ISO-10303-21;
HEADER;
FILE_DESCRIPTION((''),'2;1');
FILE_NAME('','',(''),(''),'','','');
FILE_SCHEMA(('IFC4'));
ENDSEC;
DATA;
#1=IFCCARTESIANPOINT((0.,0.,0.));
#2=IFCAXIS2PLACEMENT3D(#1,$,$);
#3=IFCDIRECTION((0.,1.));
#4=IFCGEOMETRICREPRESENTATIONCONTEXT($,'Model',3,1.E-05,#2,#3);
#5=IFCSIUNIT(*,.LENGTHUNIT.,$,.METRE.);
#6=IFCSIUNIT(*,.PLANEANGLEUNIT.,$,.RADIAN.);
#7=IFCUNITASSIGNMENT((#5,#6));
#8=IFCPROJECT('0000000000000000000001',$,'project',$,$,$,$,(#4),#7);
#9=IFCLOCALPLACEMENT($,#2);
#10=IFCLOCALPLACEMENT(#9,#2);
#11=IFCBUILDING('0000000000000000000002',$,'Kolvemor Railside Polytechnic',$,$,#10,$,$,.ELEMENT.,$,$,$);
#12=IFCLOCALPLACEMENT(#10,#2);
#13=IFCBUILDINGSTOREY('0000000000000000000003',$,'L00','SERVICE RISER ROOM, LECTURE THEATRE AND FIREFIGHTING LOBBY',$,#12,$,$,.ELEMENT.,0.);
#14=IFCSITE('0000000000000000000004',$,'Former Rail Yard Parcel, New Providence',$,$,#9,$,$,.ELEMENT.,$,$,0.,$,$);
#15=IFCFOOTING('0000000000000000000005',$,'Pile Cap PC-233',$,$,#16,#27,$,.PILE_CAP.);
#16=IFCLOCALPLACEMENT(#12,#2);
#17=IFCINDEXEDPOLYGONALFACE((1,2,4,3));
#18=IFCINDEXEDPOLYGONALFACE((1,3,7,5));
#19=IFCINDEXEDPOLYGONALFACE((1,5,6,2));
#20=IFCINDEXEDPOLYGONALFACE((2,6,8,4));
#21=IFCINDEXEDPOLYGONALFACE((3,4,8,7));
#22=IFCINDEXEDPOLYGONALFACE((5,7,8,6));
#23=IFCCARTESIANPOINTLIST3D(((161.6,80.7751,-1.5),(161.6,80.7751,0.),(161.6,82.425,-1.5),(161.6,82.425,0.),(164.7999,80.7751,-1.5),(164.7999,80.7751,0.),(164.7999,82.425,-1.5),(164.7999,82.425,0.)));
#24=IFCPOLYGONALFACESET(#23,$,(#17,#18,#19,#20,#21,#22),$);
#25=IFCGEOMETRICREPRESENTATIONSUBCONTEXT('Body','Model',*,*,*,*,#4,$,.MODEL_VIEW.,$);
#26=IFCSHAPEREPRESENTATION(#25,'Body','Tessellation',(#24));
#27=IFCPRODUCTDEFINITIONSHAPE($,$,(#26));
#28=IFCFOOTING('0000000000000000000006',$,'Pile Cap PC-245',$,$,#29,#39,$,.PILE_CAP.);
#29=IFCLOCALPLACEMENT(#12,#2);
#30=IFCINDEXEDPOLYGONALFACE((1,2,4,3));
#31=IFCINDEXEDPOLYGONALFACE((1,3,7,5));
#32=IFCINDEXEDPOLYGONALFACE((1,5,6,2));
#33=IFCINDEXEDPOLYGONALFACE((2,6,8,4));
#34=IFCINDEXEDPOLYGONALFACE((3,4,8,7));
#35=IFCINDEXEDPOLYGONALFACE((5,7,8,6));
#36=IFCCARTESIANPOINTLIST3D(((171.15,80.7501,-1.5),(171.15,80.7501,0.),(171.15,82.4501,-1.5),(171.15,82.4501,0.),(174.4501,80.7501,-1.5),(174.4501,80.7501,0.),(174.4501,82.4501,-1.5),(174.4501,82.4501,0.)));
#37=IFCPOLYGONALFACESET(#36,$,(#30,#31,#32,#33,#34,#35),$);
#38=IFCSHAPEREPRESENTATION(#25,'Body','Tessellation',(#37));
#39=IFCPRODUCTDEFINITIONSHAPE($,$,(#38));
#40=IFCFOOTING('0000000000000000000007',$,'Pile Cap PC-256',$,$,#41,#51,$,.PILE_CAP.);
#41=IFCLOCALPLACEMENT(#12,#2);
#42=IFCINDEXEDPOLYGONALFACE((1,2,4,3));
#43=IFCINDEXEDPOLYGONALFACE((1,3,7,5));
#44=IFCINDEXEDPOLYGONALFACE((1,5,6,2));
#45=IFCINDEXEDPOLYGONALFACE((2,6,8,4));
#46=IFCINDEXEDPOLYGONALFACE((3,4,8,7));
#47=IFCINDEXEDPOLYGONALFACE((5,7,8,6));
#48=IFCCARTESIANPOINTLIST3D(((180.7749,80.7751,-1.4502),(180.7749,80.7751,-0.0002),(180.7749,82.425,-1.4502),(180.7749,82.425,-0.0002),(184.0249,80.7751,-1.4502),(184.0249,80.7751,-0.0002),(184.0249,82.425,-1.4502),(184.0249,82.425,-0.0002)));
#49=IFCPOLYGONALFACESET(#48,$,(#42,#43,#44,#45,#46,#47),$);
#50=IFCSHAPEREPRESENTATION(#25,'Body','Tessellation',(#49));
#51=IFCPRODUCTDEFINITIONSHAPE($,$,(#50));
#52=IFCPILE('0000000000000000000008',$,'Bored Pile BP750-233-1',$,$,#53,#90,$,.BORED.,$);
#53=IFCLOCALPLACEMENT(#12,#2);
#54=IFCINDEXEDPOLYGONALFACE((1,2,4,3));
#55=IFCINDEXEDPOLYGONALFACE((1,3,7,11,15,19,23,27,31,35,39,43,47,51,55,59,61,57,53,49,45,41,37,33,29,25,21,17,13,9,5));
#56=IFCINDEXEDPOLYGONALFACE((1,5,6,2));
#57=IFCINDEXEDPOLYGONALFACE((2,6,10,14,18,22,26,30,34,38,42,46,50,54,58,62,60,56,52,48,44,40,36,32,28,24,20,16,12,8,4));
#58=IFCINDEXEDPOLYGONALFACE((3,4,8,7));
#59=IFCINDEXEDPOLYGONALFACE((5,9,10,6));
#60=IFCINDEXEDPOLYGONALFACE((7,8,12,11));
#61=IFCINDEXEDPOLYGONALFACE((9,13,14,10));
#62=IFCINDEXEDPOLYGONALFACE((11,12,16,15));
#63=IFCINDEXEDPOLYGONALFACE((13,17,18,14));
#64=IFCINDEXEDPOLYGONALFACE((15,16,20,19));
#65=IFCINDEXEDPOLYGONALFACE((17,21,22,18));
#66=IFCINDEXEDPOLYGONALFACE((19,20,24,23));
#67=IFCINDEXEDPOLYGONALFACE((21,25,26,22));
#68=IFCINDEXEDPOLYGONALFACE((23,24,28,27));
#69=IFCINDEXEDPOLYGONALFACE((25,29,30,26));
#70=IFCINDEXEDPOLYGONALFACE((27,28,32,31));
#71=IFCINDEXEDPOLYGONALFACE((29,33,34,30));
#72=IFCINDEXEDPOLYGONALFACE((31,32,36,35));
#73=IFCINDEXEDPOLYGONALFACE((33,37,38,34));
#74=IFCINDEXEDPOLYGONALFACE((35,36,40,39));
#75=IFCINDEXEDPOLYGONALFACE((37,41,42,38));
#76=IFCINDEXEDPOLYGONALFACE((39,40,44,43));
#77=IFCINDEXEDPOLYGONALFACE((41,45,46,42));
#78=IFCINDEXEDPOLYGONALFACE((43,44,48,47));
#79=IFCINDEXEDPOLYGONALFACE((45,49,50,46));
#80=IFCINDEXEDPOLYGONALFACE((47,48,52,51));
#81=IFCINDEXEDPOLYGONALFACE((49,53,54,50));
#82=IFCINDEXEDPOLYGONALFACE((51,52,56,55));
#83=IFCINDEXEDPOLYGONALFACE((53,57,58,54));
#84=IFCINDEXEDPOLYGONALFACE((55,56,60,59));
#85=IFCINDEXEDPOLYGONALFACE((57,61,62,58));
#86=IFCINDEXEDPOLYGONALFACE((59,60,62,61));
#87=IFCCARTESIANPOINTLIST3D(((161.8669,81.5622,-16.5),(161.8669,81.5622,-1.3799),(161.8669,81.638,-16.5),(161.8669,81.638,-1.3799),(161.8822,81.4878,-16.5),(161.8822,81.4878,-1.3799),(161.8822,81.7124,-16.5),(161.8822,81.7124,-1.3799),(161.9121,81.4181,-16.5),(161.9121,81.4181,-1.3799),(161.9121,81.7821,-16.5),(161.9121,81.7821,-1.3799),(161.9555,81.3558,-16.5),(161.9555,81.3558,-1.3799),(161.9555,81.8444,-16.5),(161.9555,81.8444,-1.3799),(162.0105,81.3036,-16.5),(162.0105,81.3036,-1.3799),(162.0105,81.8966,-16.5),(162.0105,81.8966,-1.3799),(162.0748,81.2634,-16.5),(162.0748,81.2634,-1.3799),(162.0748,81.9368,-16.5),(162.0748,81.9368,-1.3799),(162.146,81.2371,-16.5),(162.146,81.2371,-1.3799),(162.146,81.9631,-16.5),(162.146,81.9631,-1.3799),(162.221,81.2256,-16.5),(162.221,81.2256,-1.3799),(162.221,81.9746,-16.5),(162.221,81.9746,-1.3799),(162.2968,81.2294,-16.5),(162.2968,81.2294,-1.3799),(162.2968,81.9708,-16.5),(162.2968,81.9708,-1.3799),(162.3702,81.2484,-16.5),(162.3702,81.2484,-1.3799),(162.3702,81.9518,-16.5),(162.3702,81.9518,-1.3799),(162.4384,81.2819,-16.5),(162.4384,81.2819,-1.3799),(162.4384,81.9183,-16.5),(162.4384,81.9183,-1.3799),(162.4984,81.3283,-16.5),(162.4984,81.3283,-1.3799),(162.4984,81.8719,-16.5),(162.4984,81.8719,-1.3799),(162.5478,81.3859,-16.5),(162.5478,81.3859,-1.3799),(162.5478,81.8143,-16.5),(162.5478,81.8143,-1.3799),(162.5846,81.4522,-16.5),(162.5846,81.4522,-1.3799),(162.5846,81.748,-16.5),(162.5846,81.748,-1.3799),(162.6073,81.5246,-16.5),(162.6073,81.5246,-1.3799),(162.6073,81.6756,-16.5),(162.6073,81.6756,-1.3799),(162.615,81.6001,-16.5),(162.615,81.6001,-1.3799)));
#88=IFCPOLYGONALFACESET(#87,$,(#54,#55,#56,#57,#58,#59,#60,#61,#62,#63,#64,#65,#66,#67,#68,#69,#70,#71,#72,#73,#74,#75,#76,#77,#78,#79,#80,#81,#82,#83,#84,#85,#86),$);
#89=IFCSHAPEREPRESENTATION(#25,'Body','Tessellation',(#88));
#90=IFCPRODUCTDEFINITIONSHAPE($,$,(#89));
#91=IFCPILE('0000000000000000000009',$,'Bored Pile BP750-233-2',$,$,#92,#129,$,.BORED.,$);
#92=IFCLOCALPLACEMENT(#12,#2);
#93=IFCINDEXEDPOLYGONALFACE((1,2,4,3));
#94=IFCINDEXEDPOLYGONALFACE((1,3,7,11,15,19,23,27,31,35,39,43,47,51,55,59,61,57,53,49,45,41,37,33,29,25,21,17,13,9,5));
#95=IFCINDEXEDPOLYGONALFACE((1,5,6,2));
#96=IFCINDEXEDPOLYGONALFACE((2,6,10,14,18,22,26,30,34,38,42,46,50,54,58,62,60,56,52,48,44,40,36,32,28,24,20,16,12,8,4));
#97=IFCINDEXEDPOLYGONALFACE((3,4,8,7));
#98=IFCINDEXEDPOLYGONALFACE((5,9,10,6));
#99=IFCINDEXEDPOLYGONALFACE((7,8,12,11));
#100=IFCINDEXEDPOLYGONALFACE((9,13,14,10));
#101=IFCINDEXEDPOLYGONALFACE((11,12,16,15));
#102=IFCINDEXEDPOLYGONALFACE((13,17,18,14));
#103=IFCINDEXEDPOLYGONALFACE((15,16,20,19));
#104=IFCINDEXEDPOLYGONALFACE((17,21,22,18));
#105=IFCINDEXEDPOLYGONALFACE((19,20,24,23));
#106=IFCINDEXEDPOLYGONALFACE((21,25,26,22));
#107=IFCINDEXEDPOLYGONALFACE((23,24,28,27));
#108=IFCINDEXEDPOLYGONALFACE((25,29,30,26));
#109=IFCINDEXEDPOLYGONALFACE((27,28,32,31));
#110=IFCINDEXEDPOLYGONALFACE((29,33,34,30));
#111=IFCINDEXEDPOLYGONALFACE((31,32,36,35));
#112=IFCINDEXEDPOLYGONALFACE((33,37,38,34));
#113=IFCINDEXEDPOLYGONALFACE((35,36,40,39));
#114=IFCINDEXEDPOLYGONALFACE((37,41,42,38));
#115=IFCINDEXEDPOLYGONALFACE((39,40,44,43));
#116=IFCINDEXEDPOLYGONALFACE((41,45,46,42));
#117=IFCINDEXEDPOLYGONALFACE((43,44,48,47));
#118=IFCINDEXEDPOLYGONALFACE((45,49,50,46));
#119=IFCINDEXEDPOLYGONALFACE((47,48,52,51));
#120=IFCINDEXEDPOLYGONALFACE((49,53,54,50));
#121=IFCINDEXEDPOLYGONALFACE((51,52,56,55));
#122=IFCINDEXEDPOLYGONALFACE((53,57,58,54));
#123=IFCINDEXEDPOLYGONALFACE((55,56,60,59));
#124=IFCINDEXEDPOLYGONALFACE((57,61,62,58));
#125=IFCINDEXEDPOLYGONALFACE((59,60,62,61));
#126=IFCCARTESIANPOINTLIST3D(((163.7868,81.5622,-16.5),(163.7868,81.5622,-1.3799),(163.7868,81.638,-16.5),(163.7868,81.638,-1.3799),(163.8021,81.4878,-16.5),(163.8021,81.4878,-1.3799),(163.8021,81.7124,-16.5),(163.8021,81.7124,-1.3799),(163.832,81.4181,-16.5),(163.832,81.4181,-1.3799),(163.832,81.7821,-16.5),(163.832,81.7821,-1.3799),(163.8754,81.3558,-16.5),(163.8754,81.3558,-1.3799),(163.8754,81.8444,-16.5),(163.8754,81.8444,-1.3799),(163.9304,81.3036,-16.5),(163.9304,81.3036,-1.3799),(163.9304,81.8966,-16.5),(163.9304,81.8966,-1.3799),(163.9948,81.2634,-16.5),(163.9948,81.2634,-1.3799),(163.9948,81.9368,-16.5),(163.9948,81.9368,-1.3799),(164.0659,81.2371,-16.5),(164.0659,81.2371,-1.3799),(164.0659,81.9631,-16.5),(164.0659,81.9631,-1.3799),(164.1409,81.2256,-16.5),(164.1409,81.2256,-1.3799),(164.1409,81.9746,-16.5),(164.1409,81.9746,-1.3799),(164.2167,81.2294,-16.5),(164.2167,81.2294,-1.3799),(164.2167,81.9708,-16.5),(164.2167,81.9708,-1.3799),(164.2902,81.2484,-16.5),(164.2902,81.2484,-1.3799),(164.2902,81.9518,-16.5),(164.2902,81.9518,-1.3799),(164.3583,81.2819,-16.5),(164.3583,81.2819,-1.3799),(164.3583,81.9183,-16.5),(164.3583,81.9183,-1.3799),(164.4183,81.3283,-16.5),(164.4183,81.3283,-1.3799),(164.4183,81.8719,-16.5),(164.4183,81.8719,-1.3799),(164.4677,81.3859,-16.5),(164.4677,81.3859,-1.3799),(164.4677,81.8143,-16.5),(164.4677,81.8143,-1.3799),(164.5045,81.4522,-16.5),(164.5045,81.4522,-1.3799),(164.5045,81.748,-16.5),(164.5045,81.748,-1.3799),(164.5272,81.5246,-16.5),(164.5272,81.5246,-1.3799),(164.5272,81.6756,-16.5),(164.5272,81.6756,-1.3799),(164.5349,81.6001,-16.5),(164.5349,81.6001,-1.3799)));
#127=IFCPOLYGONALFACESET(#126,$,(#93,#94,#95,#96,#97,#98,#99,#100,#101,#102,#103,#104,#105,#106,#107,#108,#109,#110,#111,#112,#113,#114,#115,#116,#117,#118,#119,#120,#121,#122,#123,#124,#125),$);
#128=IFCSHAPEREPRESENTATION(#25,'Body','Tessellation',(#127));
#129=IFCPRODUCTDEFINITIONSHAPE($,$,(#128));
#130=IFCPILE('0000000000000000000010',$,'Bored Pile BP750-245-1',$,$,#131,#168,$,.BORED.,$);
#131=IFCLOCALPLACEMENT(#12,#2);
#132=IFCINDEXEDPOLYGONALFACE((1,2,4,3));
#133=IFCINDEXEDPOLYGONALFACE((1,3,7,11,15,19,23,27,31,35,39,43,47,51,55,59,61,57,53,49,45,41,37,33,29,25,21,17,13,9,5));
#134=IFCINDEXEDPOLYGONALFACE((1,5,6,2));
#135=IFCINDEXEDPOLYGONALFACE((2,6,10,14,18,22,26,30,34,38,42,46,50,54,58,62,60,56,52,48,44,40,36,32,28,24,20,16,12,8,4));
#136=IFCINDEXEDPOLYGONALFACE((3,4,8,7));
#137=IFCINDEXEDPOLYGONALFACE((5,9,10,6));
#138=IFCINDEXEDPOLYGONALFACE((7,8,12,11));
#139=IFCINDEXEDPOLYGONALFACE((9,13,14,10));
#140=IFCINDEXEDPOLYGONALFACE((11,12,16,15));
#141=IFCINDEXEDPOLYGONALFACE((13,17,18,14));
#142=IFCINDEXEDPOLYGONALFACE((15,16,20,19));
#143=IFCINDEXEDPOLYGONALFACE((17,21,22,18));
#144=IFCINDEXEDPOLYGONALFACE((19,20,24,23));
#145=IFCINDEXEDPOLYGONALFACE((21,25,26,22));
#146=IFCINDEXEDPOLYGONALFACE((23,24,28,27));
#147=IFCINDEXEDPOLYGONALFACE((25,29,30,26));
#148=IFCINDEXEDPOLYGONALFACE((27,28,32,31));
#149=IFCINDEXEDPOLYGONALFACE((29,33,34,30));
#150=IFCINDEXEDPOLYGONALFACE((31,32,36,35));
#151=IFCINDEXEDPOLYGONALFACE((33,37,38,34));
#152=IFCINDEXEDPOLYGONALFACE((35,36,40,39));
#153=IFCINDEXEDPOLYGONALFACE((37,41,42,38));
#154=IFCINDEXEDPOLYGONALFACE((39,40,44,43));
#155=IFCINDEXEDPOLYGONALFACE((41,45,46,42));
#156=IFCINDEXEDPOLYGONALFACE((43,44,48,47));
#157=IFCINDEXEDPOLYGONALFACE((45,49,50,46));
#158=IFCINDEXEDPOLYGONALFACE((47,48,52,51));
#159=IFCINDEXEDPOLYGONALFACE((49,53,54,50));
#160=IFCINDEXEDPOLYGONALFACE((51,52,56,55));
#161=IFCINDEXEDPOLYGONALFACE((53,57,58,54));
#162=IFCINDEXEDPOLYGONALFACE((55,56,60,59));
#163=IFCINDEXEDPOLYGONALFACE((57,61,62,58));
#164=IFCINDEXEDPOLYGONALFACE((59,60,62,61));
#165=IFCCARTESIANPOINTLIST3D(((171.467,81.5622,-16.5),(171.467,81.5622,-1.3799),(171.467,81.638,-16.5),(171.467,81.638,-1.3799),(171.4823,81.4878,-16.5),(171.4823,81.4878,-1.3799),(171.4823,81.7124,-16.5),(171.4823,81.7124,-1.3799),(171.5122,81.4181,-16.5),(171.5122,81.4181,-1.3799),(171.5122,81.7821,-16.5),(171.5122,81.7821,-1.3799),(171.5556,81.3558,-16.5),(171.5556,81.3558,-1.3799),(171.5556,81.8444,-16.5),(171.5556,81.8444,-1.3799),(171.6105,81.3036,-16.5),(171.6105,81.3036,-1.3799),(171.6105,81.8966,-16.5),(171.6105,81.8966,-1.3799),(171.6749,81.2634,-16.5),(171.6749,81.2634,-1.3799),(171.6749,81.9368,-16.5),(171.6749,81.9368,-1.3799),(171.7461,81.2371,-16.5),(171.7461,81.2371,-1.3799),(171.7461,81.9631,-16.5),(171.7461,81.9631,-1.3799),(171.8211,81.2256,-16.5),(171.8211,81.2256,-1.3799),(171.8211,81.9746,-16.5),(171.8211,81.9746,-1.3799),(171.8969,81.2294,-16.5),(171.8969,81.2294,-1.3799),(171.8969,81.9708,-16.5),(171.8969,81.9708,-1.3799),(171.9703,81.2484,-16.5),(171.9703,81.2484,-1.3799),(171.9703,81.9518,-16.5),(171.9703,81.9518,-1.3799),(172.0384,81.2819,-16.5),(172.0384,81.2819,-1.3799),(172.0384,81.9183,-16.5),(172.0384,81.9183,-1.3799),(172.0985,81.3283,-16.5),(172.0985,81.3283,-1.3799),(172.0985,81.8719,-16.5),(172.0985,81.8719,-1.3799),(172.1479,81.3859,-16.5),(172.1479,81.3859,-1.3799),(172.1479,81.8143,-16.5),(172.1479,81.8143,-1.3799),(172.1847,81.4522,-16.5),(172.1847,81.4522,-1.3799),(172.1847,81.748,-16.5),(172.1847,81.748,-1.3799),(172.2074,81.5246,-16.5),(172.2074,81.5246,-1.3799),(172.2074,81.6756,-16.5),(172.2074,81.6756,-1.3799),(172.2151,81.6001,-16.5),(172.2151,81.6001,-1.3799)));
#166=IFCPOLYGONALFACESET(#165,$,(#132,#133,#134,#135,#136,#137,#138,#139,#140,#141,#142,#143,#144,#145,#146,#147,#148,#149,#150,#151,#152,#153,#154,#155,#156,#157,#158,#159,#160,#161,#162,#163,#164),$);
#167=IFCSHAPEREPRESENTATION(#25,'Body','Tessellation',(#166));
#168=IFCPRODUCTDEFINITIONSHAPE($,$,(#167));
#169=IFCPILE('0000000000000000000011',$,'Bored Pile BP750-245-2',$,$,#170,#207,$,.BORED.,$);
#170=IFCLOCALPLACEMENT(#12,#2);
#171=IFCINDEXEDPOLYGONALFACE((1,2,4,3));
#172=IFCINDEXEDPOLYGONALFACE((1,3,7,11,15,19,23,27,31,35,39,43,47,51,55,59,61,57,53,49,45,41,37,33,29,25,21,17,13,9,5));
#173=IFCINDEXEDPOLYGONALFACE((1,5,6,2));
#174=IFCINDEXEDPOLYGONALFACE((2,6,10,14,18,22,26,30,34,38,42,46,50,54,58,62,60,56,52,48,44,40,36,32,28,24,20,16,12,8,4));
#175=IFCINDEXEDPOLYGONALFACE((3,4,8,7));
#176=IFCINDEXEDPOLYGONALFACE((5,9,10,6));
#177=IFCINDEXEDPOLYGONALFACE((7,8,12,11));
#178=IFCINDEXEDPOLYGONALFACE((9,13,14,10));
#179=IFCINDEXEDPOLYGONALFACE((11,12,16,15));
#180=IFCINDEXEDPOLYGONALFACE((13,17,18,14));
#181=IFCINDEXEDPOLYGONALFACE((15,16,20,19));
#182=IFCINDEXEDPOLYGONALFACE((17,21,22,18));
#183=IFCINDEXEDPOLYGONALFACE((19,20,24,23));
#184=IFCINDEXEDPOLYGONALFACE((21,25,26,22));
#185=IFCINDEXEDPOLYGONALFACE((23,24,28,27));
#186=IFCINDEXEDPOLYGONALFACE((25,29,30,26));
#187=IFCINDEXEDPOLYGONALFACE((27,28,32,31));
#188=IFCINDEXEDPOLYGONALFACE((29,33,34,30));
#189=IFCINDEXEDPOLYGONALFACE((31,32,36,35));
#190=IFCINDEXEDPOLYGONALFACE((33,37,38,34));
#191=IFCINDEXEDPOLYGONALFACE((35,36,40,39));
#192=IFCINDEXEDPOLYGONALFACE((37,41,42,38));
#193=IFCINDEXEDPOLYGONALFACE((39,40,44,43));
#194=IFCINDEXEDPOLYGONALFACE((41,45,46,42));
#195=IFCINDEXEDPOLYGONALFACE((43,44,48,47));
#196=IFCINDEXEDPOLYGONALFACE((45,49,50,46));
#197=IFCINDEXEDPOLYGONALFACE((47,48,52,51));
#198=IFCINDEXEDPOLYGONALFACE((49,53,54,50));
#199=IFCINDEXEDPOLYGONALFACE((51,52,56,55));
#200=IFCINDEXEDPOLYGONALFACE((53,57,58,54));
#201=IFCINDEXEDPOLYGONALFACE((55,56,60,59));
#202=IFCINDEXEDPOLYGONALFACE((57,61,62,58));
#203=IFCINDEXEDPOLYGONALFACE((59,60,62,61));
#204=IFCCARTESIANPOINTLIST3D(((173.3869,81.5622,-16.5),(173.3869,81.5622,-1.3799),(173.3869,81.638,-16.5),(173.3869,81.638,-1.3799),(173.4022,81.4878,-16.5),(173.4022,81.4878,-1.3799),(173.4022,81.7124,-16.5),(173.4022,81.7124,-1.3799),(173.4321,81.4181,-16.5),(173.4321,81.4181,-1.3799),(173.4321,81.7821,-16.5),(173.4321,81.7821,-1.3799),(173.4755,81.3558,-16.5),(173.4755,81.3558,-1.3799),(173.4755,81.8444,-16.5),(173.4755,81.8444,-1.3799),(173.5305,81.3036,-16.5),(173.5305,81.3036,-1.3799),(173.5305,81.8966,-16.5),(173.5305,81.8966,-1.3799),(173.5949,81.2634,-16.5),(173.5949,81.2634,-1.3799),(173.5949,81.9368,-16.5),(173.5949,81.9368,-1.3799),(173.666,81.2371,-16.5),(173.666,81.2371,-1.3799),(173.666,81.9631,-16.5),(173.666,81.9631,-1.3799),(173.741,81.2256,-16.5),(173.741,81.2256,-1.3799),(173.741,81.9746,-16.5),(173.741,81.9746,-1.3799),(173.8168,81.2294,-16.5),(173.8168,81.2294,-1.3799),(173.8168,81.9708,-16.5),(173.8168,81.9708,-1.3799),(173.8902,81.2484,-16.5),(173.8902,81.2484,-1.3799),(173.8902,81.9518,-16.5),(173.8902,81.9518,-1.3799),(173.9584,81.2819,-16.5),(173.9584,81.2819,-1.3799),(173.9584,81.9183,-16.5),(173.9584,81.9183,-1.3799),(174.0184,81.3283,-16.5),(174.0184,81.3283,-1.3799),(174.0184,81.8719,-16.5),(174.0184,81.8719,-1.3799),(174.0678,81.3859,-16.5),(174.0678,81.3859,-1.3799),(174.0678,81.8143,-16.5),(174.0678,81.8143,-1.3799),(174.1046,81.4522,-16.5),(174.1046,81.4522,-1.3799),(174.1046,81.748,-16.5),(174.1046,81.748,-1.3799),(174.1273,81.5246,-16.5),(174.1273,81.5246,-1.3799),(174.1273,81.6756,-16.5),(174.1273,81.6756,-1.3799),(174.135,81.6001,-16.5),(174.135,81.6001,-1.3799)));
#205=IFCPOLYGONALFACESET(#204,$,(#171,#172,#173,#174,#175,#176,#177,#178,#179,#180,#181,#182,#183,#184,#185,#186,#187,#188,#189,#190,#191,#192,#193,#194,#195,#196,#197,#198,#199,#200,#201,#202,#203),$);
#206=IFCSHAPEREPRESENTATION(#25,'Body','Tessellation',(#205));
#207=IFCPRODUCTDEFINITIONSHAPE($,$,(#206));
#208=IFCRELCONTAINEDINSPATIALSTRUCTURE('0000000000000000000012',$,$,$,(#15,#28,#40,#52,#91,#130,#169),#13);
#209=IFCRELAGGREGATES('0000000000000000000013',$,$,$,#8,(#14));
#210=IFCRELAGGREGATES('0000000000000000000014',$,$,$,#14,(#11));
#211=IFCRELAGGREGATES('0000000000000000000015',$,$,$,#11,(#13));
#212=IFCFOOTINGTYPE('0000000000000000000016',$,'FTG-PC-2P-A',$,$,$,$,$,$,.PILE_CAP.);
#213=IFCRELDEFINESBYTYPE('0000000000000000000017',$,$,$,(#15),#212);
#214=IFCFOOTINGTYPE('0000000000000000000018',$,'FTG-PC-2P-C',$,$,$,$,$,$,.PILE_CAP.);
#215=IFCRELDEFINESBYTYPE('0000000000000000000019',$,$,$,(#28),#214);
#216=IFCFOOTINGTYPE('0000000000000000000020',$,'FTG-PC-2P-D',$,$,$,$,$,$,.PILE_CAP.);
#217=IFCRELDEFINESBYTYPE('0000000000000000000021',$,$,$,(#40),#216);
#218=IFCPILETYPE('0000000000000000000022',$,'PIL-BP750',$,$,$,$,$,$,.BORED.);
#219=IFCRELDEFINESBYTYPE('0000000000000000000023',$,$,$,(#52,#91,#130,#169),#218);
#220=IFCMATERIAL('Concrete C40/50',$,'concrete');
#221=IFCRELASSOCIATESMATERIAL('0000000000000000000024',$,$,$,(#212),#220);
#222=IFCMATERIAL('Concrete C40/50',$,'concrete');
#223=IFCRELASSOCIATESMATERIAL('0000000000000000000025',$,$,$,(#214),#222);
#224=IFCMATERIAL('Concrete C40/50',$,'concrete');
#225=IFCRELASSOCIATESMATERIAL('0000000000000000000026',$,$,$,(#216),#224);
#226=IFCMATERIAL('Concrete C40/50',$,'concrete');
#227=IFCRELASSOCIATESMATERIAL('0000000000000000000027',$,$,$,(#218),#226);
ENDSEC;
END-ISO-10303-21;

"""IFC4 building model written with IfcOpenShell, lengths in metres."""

from ifc_helpers import new_model, si_unit, direction, frame, origin, origin_2d, place, context, subcontext, project, spatial, rectangle, circle, extrude, material, material_profile, profile_set, type_object, element, save


model = new_model("IFC4")

# Units and contexts
model_context = context("Model", 3, precision=1e-05, world=origin(), true_north=direction((0.0, 1.0)))
body_context = subcontext(model_context, "Body", "Model", "MODEL_VIEW")
ifc_project = project(units=[si_unit("LENGTHUNIT", "METRE"), si_unit("PLANEANGLEUNIT", "RADIAN")], contexts=[model_context])

# Site, building, storey
site_placement = place(None, origin())
site = spatial("IfcSite", under=ifc_project, at=site_placement, Name="Former Rail Yard Parcel, New Providence", CompositionType="ELEMENT", RefElevation=0.0)
building_placement = place(site_placement, origin())
building = spatial("IfcBuilding", under=site, at=building_placement, Name="Kolvemor Railside Polytechnic", CompositionType="ELEMENT")
storey_placement = place(building_placement, origin())
storey = spatial("IfcBuildingStorey", under=building, at=storey_placement, Name="L00", Description="SERVICE RISER ROOM, LECTURE THEATRE AND FIREFIGHTING LOBBY", CompositionType="ELEMENT", Elevation=0.0)

# Footings
ifc_material_1 = material(Name="Concrete C40/50", Category="concrete")
footing_type_1 = type_object("IfcFootingType", Name="FTG-PC-2P-A", PredefinedType="PILE_CAP", material=ifc_material_1)
footing_1_placement = place(storey_placement, frame((163.2, 81.6001, -1.5), z_axis=(0.0, 0.0, 1.0), x_axis=(1.0, 0.0, 0.0)))
element("IfcFooting", 1, at=footing_1_placement, inside=storey, type_object=footing_type_1, Name="Pile Cap PC-233", PredefinedType="PILE_CAP", context=body_context, shape_type="SweptSolid", body=[
    extrude(rectangle(XDim=3.2, YDim=1.6499, at=origin_2d()), origin(), (0.0, 0.0, 1.0), 1.5),
])
ifc_material_2 = material(Name="Concrete C40/50", Category="concrete")
footing_type_2 = type_object("IfcFootingType", Name="FTG-PC-2P-C", PredefinedType="PILE_CAP", material=ifc_material_2)
footing_2_placement = place(storey_placement, frame((172.8, 81.6001, -1.5), z_axis=(0.0, 0.0, 1.0), x_axis=(1.0, 0.0, 0.0)))
element("IfcFooting", 2, at=footing_2_placement, inside=storey, type_object=footing_type_2, Name="Pile Cap PC-245", PredefinedType="PILE_CAP", context=body_context, shape_type="SweptSolid", body=[
    extrude(rectangle(XDim=3.3, YDim=1.7, at=origin_2d()), origin(), (0.0, 0.0, 1.0), 1.5),
])
ifc_material_3 = material(Name="Concrete C40/50", Category="concrete")
footing_type_3 = type_object("IfcFootingType", Name="FTG-PC-2P-D", PredefinedType="PILE_CAP", material=ifc_material_3)
footing_3_placement = place(storey_placement, frame((182.3999, 81.6001, -1.4502), z_axis=(0.0, 0.0, 1.0), x_axis=(1.0, 0.0, 0.0)))
element("IfcFooting", 3, at=footing_3_placement, inside=storey, type_object=footing_type_3, Name="Pile Cap PC-256", PredefinedType="PILE_CAP", context=body_context, shape_type="SweptSolid", body=[
    extrude(rectangle(XDim=3.25, YDim=1.6499, at=origin_2d()), origin(), (0.0, 0.0, 1.0), 1.45),
])

# Piles
ifc_material_4 = material(Name="Concrete C40/50", Category="concrete")
ifc_material_profile_1 = material_profile(ifc_material_4, circle(Radius=0.375, at=origin_2d()), Name="BP750")
ifc_profile_set_1 = profile_set([ifc_material_profile_1], Name="Concrete C40/50")
pile_type = type_object("IfcPileType", Name="PIL-BP750", PredefinedType="BORED", material=ifc_profile_set_1)
for number, where, z_axis, x_axis, name in (
    (4, (162.24, 81.6001, -1.3799), (0.0, 0.0, -1.0), (1.0, 0.0, 0.0), "Bored Pile BP750-233-1"),
    (5, (164.1599, 81.6001, -1.3799), (0.0, 0.0, -1.0), (1.0, 0.0, 0.0), "Bored Pile BP750-233-2"),
    (6, (171.8401, 81.6001, -1.3799), (0.0, 0.0, -1.0), (1.0, 0.0, 0.0), "Bored Pile BP750-245-1"),
    (7, (173.76, 81.6001, -1.3799), (0.0, 0.0, -1.0), (1.0, 0.0, 0.0), "Bored Pile BP750-245-2"),
):
    element("IfcPile", number, at=place(storey_placement, frame(where, z_axis=z_axis, x_axis=x_axis)), inside=storey, type_object=pile_type, Name=name, PredefinedType="BORED", context=body_context, shape_type="SweptSolid", body=[
        extrude(circle(Radius=0.375, at=origin_2d()), origin(), (0.0, 0.0, 1.0), 15.1201),
    ])

save(model, "model.ifc")
